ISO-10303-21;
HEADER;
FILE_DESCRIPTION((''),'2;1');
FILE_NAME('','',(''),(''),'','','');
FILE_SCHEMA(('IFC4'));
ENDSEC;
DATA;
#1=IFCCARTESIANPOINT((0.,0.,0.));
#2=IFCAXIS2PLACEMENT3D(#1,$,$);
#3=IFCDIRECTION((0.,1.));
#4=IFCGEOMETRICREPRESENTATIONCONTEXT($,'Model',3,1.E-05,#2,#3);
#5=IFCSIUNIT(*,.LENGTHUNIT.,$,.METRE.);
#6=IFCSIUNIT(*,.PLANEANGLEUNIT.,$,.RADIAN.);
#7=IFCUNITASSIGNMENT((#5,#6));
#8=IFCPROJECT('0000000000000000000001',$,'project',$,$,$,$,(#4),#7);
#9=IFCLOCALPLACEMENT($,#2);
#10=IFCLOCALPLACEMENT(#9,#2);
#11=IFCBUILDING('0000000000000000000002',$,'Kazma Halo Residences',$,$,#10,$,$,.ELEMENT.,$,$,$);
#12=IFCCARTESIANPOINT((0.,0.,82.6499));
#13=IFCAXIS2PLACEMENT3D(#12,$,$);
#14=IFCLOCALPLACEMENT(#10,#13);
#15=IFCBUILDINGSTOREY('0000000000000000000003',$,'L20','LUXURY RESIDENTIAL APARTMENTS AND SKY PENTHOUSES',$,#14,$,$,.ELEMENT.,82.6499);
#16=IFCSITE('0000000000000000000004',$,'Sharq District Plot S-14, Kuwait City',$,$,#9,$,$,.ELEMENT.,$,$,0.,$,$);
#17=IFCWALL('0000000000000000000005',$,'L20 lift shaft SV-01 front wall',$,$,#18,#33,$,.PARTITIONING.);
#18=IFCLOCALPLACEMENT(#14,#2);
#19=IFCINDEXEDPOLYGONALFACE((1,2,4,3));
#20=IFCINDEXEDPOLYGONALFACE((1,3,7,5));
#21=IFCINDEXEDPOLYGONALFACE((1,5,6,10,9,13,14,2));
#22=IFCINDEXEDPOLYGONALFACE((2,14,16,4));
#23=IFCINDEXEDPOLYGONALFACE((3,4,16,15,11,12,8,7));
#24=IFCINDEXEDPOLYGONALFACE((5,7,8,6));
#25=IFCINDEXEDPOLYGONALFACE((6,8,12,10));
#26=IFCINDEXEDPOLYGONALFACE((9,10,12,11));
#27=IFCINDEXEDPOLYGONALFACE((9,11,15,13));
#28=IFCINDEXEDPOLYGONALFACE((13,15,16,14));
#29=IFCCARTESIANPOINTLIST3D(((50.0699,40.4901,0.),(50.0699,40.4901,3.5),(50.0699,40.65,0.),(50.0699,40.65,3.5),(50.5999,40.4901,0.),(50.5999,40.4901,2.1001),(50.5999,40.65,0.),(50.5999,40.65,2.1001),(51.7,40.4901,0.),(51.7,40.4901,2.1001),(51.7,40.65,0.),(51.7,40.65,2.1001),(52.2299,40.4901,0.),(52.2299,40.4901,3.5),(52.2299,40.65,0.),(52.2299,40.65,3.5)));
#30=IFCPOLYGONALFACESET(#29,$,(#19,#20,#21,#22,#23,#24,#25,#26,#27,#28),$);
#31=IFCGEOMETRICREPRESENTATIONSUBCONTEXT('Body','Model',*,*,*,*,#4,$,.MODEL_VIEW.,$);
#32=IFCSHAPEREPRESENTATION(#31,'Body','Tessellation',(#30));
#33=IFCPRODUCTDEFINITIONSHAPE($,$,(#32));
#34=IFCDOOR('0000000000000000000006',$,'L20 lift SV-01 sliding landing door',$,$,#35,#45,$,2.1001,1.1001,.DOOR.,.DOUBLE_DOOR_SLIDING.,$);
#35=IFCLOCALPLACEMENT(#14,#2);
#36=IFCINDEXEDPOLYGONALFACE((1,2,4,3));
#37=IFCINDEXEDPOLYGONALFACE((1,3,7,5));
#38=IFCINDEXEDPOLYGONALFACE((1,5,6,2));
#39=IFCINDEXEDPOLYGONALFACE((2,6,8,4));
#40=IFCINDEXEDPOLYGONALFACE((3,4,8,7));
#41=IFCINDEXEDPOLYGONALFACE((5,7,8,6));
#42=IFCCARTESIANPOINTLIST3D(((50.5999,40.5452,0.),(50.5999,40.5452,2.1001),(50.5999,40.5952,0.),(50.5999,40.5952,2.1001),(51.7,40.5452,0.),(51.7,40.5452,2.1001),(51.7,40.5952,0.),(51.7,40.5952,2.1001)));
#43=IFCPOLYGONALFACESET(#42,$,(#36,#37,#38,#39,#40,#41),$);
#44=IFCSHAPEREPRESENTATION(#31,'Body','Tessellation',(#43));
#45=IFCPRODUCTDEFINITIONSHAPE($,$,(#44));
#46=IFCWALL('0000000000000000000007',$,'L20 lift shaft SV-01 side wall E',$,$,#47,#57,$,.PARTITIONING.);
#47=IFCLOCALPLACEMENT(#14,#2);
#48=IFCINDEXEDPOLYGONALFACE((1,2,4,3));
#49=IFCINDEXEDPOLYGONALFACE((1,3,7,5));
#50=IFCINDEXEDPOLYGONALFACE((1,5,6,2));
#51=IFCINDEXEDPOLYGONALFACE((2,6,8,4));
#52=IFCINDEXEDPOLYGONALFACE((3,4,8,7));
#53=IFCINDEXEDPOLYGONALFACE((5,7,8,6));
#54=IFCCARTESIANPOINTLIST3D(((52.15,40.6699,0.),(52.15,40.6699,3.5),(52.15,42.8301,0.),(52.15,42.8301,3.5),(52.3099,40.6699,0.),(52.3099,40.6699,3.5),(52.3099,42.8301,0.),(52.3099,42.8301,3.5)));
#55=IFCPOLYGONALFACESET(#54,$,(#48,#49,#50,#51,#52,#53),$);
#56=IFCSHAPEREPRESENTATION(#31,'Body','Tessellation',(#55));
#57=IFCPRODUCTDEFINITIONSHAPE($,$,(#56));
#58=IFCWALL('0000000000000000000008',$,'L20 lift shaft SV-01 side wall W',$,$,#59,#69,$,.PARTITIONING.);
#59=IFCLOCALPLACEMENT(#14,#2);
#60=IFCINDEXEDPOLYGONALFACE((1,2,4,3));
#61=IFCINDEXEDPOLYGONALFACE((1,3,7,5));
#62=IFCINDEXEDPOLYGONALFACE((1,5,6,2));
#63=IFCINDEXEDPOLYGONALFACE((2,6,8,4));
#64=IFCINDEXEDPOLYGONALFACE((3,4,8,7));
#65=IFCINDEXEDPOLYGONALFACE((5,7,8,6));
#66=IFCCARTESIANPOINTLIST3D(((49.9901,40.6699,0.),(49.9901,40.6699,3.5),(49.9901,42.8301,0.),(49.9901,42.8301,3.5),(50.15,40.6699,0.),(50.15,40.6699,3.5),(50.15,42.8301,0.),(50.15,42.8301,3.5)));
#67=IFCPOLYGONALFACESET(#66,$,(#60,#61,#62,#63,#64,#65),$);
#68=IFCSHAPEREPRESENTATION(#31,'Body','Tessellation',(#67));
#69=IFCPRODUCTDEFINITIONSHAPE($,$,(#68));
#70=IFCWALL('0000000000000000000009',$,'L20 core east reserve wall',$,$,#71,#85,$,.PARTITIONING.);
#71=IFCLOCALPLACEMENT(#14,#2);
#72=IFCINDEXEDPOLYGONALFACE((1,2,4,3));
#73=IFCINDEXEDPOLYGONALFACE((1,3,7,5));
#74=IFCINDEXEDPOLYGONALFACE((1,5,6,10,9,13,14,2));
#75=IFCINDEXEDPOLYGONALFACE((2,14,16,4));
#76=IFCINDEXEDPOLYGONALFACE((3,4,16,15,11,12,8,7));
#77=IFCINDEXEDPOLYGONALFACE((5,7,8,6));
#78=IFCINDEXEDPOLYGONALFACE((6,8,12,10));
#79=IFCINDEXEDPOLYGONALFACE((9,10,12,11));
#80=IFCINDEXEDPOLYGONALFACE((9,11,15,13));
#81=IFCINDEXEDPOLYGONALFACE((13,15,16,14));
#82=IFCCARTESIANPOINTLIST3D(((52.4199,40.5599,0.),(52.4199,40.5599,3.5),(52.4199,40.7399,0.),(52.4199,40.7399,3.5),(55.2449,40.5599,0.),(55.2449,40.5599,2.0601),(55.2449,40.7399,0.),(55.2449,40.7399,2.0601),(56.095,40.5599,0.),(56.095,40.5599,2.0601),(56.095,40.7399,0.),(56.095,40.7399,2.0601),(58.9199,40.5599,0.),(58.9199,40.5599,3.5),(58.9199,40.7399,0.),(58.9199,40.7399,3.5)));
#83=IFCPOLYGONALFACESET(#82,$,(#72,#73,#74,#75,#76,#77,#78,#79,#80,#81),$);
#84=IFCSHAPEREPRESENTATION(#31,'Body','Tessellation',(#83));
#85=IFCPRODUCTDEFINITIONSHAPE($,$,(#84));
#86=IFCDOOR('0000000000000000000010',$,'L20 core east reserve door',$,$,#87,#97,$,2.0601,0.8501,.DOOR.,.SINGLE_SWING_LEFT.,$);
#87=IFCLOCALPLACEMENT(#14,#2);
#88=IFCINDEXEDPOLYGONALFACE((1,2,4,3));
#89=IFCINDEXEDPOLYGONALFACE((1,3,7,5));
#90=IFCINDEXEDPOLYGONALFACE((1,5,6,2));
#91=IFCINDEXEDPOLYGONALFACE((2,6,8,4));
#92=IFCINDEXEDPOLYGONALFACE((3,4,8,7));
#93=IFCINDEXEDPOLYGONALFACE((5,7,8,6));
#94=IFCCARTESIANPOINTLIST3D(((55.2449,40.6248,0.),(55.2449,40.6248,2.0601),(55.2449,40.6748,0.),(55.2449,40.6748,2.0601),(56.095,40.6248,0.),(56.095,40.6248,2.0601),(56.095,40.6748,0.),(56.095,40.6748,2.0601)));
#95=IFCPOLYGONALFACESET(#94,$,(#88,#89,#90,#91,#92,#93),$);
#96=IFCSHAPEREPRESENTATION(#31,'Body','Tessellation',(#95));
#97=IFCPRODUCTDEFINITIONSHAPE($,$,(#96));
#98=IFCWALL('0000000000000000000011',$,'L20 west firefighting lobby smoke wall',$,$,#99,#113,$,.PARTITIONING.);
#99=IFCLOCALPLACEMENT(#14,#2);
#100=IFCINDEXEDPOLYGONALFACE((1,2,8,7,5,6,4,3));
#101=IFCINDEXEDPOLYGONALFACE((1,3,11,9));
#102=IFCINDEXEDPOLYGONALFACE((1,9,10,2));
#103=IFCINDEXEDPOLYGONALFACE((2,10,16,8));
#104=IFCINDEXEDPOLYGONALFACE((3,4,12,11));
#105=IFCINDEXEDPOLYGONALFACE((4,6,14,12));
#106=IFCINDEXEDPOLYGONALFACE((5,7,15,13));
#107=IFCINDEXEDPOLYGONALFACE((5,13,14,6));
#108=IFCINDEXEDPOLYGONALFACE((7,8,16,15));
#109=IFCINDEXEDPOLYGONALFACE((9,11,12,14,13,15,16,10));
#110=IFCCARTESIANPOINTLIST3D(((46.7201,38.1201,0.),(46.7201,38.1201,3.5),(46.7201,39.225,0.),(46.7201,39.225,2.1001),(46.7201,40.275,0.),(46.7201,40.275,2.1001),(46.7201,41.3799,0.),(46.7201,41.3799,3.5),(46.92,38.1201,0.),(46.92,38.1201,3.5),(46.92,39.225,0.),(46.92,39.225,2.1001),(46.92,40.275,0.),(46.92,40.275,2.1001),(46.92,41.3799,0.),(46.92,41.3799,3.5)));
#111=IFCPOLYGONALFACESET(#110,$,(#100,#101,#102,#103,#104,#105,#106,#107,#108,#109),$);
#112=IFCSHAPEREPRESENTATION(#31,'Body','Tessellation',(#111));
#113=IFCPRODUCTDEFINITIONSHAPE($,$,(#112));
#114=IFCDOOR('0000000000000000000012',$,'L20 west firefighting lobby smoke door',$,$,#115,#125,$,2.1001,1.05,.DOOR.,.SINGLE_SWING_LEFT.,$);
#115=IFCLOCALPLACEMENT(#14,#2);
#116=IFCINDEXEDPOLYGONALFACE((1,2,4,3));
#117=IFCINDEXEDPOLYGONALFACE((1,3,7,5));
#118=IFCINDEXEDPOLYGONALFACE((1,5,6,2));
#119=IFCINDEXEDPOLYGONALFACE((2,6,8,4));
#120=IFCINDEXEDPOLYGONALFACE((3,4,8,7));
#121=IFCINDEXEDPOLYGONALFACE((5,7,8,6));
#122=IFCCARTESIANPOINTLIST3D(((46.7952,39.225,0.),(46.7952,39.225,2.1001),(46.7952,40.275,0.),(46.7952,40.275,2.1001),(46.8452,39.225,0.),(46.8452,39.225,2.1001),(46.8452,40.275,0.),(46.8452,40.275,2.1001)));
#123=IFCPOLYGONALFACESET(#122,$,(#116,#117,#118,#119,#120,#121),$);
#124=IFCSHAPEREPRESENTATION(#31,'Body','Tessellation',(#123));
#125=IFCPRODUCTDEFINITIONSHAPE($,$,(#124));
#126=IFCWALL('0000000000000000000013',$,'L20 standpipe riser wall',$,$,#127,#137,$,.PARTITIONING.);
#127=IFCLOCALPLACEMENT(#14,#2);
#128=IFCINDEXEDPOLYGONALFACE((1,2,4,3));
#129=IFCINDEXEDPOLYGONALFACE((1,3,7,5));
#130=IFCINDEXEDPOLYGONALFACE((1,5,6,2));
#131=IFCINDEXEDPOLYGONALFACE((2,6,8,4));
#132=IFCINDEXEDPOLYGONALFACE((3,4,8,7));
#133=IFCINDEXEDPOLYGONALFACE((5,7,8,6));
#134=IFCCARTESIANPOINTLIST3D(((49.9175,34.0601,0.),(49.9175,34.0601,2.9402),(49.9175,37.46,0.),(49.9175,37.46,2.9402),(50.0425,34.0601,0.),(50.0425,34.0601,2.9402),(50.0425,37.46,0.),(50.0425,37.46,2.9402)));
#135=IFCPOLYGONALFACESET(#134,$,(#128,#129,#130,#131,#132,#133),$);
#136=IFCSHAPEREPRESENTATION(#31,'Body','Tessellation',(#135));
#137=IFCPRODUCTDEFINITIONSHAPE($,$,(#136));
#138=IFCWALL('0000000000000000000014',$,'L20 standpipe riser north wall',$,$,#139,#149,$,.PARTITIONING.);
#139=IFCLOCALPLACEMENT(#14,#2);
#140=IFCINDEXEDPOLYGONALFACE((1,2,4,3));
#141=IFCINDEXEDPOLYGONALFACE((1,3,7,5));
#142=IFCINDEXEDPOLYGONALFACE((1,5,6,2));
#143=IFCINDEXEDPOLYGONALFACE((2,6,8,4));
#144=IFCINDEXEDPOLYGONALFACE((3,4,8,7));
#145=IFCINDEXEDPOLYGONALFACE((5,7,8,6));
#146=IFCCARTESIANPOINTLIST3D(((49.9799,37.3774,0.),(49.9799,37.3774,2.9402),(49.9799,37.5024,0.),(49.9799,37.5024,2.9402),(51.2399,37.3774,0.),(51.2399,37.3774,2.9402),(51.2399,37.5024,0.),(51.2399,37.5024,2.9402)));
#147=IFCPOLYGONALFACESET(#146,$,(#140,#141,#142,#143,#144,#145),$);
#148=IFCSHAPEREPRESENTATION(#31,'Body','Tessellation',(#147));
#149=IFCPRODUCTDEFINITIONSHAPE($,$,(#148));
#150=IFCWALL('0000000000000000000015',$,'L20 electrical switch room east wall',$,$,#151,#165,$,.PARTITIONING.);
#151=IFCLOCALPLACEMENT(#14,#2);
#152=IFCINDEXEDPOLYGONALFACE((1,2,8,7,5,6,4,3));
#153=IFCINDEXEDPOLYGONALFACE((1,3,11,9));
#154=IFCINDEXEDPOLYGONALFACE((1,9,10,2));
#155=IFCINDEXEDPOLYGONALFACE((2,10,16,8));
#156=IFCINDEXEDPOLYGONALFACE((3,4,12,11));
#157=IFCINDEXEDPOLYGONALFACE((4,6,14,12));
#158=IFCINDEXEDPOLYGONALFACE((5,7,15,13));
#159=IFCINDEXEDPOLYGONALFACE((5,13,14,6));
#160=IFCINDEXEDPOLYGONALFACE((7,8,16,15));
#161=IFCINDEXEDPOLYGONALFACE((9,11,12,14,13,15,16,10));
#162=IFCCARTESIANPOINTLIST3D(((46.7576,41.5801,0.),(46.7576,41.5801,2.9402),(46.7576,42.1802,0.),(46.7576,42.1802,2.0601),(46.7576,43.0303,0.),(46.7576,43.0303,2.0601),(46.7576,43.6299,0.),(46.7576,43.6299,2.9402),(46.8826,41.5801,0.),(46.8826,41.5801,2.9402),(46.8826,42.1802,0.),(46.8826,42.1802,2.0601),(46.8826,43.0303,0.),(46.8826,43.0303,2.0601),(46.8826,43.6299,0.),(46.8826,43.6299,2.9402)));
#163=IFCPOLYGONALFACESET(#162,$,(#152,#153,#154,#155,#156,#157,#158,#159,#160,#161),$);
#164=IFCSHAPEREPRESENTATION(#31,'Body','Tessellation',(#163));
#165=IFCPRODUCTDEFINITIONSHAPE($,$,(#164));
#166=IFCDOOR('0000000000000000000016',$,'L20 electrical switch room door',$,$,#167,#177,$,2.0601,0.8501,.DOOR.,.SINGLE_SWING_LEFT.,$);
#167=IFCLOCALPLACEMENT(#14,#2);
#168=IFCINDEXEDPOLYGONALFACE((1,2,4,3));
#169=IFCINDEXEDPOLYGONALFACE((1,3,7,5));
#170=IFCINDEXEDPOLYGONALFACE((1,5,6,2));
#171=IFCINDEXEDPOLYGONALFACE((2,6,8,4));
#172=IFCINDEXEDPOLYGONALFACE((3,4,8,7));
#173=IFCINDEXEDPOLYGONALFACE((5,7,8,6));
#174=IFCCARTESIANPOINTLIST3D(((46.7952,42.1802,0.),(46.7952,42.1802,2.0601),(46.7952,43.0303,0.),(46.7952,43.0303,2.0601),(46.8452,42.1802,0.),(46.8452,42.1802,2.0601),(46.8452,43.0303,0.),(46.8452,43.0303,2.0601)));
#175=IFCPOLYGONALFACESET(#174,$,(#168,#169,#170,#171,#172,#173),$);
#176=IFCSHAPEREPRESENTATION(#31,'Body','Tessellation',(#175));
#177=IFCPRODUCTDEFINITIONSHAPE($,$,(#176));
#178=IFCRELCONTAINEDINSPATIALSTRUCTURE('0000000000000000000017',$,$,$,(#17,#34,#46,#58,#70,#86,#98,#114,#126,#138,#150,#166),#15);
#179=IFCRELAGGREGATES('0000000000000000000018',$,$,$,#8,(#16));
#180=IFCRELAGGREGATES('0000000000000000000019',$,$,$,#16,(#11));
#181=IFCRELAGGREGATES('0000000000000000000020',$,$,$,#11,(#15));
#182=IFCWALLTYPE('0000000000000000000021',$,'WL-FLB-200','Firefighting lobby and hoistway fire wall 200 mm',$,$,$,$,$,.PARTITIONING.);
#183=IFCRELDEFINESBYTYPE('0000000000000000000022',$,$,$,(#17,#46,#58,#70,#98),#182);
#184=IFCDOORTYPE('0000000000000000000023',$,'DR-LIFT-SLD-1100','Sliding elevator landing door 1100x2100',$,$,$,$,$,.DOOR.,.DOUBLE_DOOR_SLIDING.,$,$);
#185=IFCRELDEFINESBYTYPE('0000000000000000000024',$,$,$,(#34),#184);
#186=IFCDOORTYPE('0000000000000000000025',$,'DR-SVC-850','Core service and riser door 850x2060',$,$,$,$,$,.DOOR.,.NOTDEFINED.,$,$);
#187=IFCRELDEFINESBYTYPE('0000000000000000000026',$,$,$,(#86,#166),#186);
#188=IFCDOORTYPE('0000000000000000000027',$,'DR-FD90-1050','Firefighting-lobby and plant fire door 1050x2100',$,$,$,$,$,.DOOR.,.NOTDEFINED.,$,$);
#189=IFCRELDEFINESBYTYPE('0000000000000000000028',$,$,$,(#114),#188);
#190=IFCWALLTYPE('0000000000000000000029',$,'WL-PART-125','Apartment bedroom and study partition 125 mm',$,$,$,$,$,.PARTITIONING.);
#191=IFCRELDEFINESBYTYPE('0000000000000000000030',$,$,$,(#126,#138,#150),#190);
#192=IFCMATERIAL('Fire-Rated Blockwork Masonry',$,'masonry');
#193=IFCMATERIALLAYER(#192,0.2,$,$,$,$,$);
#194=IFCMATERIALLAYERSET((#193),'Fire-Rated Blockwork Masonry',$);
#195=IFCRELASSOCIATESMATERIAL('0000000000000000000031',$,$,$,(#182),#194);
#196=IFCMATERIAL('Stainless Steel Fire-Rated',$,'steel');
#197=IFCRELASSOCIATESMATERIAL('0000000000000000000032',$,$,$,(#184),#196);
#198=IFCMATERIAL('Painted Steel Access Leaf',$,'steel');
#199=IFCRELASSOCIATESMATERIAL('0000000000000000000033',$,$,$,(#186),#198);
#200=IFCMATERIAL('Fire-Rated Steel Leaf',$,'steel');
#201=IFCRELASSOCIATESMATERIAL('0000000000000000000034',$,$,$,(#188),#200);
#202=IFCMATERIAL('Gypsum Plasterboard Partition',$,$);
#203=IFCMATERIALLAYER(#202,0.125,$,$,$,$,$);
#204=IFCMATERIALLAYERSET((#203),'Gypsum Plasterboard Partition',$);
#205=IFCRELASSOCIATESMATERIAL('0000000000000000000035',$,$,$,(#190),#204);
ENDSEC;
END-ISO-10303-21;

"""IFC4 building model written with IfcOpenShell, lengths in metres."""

from ifc_helpers import new_model, si_unit, direction, frame, frame_2d, origin, place, context, subcontext, project, spatial, rectangle, extrude, material, layer, layer_set, type_object, element, fill, save


model = new_model("IFC4")

# Units and contexts
model_context = context("Model", 3, precision=1e-05, world=origin(), true_north=direction((0.0, 1.0)))
body_context = subcontext(model_context, "Body", "Model", "MODEL_VIEW")
ifc_project = project(units=[si_unit("LENGTHUNIT", "METRE"), si_unit("PLANEANGLEUNIT", "RADIAN")], contexts=[model_context])

# Site, building, storey
site_placement = place(None, origin())
site = spatial("IfcSite", under=ifc_project, at=site_placement, Name="Sharq District Plot S-14, Kuwait City", CompositionType="ELEMENT", RefElevation=0.0)
building_placement = place(site_placement, origin())
building = spatial("IfcBuilding", under=site, at=building_placement, Name="Kazma Halo Residences", CompositionType="ELEMENT")
storey_placement = place(building_placement, frame((0.0, 0.0, 82.6499)))
storey = spatial("IfcBuildingStorey", under=building, at=storey_placement, Name="L20", Description="LUXURY RESIDENTIAL APARTMENTS AND SKY PENTHOUSES", CompositionType="ELEMENT", Elevation=82.6499)

# Wall, opening, door
ifc_material_1 = material(Name="Fire-Rated Blockwork Masonry", Category="masonry")
ifc_layer_1 = layer(ifc_material_1, 0.2)
ifc_layer_set_1 = layer_set([ifc_layer_1], Name="Fire-Rated Blockwork Masonry")
wall_type_1 = type_object("IfcWallType", Name="WL-FLB-200", Description="Firefighting lobby and hoistway fire wall 200 mm", PredefinedType="PARTITIONING", material=ifc_layer_set_1)
wall_1_placement = place(storey_placement, frame((52.23, 40.5701, 0.0), z_axis=(0.0, 0.0, 1.0), x_axis=(-1.0, 0.0, 0.0)))
wall_1 = element("IfcWall", 1, at=wall_1_placement, inside=storey, type_object=wall_type_1, Name="L20 lift shaft SV-01 front wall", PredefinedType="PARTITIONING", context=body_context, shape_type="SweptSolid", body=[
    extrude(rectangle(XDim=2.1599, YDim=0.1599, at=frame_2d((1.0801, 0.0))), origin(), (0.0, 0.0, 1.0), 3.5),
])
opening_1_placement = place(wall_1_placement, frame((0.53, 0.0, 0.0)))
opening_1 = element("IfcOpeningElement", 2, at=opening_1_placement, cuts=wall_1, PredefinedType="OPENING", context=body_context, shape_type="SweptSolid", body=[
    extrude(rectangle(XDim=1.1001, YDim=2.1001, at=frame_2d((0.55, 1.05))), frame((0.0, 0.0898, 0.0), z_axis=(0.0, -1.0, 0.0), x_axis=(1.0, 0.0, 0.0)), (0.0, 0.0, 1.0), 0.1799),
])
ifc_material_2 = material(Name="Stainless Steel Fire-Rated", Category="steel")
door_type_1 = type_object("IfcDoorType", Name="DR-LIFT-SLD-1100", Description="Sliding elevator landing door 1100x2100", OperationType="DOUBLE_DOOR_SLIDING", PredefinedType="DOOR", material=ifc_material_2)
door_1_placement = place(opening_1_placement, origin())
door_1 = element("IfcDoor", 3, at=door_1_placement, inside=storey, type_object=door_type_1, Name="L20 lift SV-01 sliding landing door", OperationType="DOUBLE_DOOR_SLIDING", OverallHeight=2.1001, OverallWidth=1.1001, PredefinedType="DOOR", context=body_context, shape_type="SweptSolid", body=[
    extrude(rectangle(XDim=1.1001, YDim=2.1001, at=frame_2d((0.55, 1.05))), frame((0.0, 0.0249, 0.0), z_axis=(0.0, -1.0, 0.0), x_axis=(1.0, 0.0, 0.0)), (0.0, 0.0, 1.0), 0.05),
])
fill(opening_1, door_1)

# Walls
for number, where, z_axis, x_axis, name in (
    (4, (52.23, 40.6699, 0.0), (0.0, 0.0, 1.0), (0.0, 1.0, 0.0), "L20 lift shaft SV-01 side wall E"),
    (5, (50.0701, 40.6699, 0.0), (0.0, 0.0, 1.0), (0.0, 1.0, 0.0), "L20 lift shaft SV-01 side wall W"),
):
    element("IfcWall", number, at=place(storey_placement, frame(where, z_axis=z_axis, x_axis=x_axis)), inside=storey, type_object=wall_type_1, Name=name, PredefinedType="PARTITIONING", context=body_context, shape_type="SweptSolid", body=[
        extrude(rectangle(XDim=2.1602, YDim=0.1599, at=frame_2d((1.0801, 0.0))), origin(), (0.0, 0.0, 1.0), 3.5),
    ])

# Walls, openings, doors
wall_2_placement = place(storey_placement, frame((52.4199, 40.6499, 0.0), z_axis=(0.0, 0.0, 1.0), x_axis=(1.0, 0.0, 0.0)))
wall_2 = element("IfcWall", 6, at=wall_2_placement, inside=storey, type_object=wall_type_1, Name="L20 core east reserve wall", PredefinedType="PARTITIONING", context=body_context, shape_type="SweptSolid", body=[
    extrude(rectangle(XDim=6.5, YDim=0.1799, at=frame_2d((3.25, 0.0))), origin(), (0.0, 0.0, 1.0), 3.5),
])
opening_2_placement = place(wall_2_placement, frame((2.825, 0.0, 0.0)))
opening_2 = element("IfcOpeningElement", 7, at=opening_2_placement, cuts=wall_2, PredefinedType="OPENING", context=body_context, shape_type="SweptSolid", body=[
    extrude(rectangle(XDim=0.8501, YDim=2.0601, at=frame_2d((0.425, 1.03))), frame((0.0, 0.0999, 0.0), z_axis=(0.0, -1.0, 0.0), x_axis=(1.0, 0.0, 0.0)), (0.0, 0.0, 1.0), 0.2),
])
ifc_material_3 = material(Name="Painted Steel Access Leaf", Category="steel")
door_type_2 = type_object("IfcDoorType", Name="DR-SVC-850", Description="Core service and riser door 850x2060", OperationType="NOTDEFINED", PredefinedType="DOOR", material=ifc_material_3)
door_2_placement = place(opening_2_placement, origin())
door_2 = element("IfcDoor", 8, at=door_2_placement, inside=storey, type_object=door_type_2, Name="L20 core east reserve door", OperationType="SINGLE_SWING_LEFT", OverallHeight=2.0601, OverallWidth=0.8501, PredefinedType="DOOR", context=body_context, shape_type="SweptSolid", body=[
    extrude(rectangle(XDim=0.8501, YDim=2.0601, at=frame_2d((0.425, 1.03))), frame((0.0, 0.0249, 0.0), z_axis=(0.0, -1.0, 0.0), x_axis=(1.0, 0.0, 0.0)), (0.0, 0.0, 1.0), 0.05),
])
fill(opening_2, door_2)
wall_3_placement = place(storey_placement, frame((46.8201, 38.1201, 0.0), z_axis=(0.0, 0.0, 1.0), x_axis=(0.0, 1.0, 0.0)))
wall_3 = element("IfcWall", 9, at=wall_3_placement, inside=storey, type_object=wall_type_1, Name="L20 west firefighting lobby smoke wall", PredefinedType="PARTITIONING", context=body_context, shape_type="SweptSolid", body=[
    extrude(rectangle(XDim=3.2598, YDim=0.2, at=frame_2d((1.6299, 0.0))), origin(), (0.0, 0.0, 1.0), 3.5),
])
opening_3_placement = place(wall_3_placement, frame((1.105, 0.0, 0.0)))
opening_3 = element("IfcOpeningElement", 10, at=opening_3_placement, cuts=wall_3, PredefinedType="OPENING", context=body_context, shape_type="SweptSolid", body=[
    extrude(rectangle(XDim=1.05, YDim=2.1001, at=frame_2d((0.5249, 1.05))), frame((0.0, 0.1099, 0.0), z_axis=(0.0, -1.0, 0.0), x_axis=(1.0, 0.0, 0.0)), (0.0, 0.0, 1.0), 0.22),
])
ifc_material_4 = material(Name="Fire-Rated Steel Leaf", Category="steel")
door_type_3 = type_object("IfcDoorType", Name="DR-FD90-1050", Description="Firefighting-lobby and plant fire door 1050x2100", OperationType="NOTDEFINED", PredefinedType="DOOR", material=ifc_material_4)
door_3_placement = place(opening_3_placement, origin())
door_3 = element("IfcDoor", 11, at=door_3_placement, inside=storey, type_object=door_type_3, Name="L20 west firefighting lobby smoke door", OperationType="SINGLE_SWING_LEFT", OverallHeight=2.1001, OverallWidth=1.05, PredefinedType="DOOR", context=body_context, shape_type="SweptSolid", body=[
    extrude(rectangle(XDim=1.05, YDim=2.1001, at=frame_2d((0.5249, 1.05))), frame((0.0, 0.0249, 0.0), z_axis=(0.0, -1.0, 0.0), x_axis=(1.0, 0.0, 0.0)), (0.0, 0.0, 1.0), 0.05),
])
fill(opening_3, door_3)

# Walls
ifc_material_5 = material(Name="Gypsum Plasterboard Partition")
ifc_layer_2 = layer(ifc_material_5, 0.125)
ifc_layer_set_2 = layer_set([ifc_layer_2], Name="Gypsum Plasterboard Partition")
wall_type_2 = type_object("IfcWallType", Name="WL-PART-125", Description="Apartment bedroom and study partition 125 mm", PredefinedType="PARTITIONING", material=ifc_layer_set_2)
wall_4_placement = place(storey_placement, frame((49.98, 34.0601, 0.0), z_axis=(0.0, 0.0, 1.0), x_axis=(0.0, 1.0, 0.0)))
element("IfcWall", 12, at=wall_4_placement, inside=storey, type_object=wall_type_2, Name="L20 standpipe riser wall", PredefinedType="PARTITIONING", context=body_context, shape_type="SweptSolid", body=[
    extrude(rectangle(XDim=3.3999, YDim=0.125, at=frame_2d((1.7, 0.0))), origin(), (0.0, 0.0, 1.0), 2.9402),
])
wall_5_placement = place(storey_placement, frame((49.98, 37.4399, 0.0), z_axis=(0.0, 0.0, 1.0), x_axis=(1.0, 0.0, 0.0)))
element("IfcWall", 13, at=wall_5_placement, inside=storey, type_object=wall_type_2, Name="L20 standpipe riser north wall", PredefinedType="PARTITIONING", context=body_context, shape_type="SweptSolid", body=[
    extrude(rectangle(XDim=1.26, YDim=0.125, at=frame_2d((0.6299, 0.0))), origin(), (0.0, 0.0, 1.0), 2.9402),
])

# Wall, opening, door
wall_6_placement = place(storey_placement, frame((46.8201, 41.5801, 0.0), z_axis=(0.0, 0.0, 1.0), x_axis=(0.0, 1.0, 0.0)))
wall_6 = element("IfcWall", 14, at=wall_6_placement, inside=storey, type_object=wall_type_2, Name="L20 electrical switch room east wall", PredefinedType="PARTITIONING", context=body_context, shape_type="SweptSolid", body=[
    extrude(rectangle(XDim=2.0498, YDim=0.125, at=frame_2d((1.0249, 0.0))), origin(), (0.0, 0.0, 1.0), 2.9402),
])
opening_4_placement = place(wall_6_placement, frame((0.6001, 0.0, 0.0)))
opening_4 = element("IfcOpeningElement", 15, at=opening_4_placement, cuts=wall_6, PredefinedType="OPENING", context=body_context, shape_type="SweptSolid", body=[
    extrude(rectangle(XDim=0.8501, YDim=2.0601, at=frame_2d((0.425, 1.03))), frame((0.0, 0.0725, 0.0), z_axis=(0.0, -1.0, 0.0), x_axis=(1.0, 0.0, 0.0)), (0.0, 0.0, 1.0), 0.145),
])
door_4_placement = place(opening_4_placement, origin())
door_4 = element("IfcDoor", 16, at=door_4_placement, inside=storey, type_object=door_type_2, Name="L20 electrical switch room door", OperationType="SINGLE_SWING_LEFT", OverallHeight=2.0601, OverallWidth=0.8501, PredefinedType="DOOR", context=body_context, shape_type="SweptSolid", body=[
    extrude(rectangle(XDim=0.8501, YDim=2.0601, at=frame_2d((0.425, 1.03))), frame((0.0, 0.0249, 0.0), z_axis=(0.0, -1.0, 0.0), x_axis=(1.0, 0.0, 0.0)), (0.0, 0.0, 1.0), 0.05),
])
fill(opening_4, door_4)

save(model, "model.ifc")
